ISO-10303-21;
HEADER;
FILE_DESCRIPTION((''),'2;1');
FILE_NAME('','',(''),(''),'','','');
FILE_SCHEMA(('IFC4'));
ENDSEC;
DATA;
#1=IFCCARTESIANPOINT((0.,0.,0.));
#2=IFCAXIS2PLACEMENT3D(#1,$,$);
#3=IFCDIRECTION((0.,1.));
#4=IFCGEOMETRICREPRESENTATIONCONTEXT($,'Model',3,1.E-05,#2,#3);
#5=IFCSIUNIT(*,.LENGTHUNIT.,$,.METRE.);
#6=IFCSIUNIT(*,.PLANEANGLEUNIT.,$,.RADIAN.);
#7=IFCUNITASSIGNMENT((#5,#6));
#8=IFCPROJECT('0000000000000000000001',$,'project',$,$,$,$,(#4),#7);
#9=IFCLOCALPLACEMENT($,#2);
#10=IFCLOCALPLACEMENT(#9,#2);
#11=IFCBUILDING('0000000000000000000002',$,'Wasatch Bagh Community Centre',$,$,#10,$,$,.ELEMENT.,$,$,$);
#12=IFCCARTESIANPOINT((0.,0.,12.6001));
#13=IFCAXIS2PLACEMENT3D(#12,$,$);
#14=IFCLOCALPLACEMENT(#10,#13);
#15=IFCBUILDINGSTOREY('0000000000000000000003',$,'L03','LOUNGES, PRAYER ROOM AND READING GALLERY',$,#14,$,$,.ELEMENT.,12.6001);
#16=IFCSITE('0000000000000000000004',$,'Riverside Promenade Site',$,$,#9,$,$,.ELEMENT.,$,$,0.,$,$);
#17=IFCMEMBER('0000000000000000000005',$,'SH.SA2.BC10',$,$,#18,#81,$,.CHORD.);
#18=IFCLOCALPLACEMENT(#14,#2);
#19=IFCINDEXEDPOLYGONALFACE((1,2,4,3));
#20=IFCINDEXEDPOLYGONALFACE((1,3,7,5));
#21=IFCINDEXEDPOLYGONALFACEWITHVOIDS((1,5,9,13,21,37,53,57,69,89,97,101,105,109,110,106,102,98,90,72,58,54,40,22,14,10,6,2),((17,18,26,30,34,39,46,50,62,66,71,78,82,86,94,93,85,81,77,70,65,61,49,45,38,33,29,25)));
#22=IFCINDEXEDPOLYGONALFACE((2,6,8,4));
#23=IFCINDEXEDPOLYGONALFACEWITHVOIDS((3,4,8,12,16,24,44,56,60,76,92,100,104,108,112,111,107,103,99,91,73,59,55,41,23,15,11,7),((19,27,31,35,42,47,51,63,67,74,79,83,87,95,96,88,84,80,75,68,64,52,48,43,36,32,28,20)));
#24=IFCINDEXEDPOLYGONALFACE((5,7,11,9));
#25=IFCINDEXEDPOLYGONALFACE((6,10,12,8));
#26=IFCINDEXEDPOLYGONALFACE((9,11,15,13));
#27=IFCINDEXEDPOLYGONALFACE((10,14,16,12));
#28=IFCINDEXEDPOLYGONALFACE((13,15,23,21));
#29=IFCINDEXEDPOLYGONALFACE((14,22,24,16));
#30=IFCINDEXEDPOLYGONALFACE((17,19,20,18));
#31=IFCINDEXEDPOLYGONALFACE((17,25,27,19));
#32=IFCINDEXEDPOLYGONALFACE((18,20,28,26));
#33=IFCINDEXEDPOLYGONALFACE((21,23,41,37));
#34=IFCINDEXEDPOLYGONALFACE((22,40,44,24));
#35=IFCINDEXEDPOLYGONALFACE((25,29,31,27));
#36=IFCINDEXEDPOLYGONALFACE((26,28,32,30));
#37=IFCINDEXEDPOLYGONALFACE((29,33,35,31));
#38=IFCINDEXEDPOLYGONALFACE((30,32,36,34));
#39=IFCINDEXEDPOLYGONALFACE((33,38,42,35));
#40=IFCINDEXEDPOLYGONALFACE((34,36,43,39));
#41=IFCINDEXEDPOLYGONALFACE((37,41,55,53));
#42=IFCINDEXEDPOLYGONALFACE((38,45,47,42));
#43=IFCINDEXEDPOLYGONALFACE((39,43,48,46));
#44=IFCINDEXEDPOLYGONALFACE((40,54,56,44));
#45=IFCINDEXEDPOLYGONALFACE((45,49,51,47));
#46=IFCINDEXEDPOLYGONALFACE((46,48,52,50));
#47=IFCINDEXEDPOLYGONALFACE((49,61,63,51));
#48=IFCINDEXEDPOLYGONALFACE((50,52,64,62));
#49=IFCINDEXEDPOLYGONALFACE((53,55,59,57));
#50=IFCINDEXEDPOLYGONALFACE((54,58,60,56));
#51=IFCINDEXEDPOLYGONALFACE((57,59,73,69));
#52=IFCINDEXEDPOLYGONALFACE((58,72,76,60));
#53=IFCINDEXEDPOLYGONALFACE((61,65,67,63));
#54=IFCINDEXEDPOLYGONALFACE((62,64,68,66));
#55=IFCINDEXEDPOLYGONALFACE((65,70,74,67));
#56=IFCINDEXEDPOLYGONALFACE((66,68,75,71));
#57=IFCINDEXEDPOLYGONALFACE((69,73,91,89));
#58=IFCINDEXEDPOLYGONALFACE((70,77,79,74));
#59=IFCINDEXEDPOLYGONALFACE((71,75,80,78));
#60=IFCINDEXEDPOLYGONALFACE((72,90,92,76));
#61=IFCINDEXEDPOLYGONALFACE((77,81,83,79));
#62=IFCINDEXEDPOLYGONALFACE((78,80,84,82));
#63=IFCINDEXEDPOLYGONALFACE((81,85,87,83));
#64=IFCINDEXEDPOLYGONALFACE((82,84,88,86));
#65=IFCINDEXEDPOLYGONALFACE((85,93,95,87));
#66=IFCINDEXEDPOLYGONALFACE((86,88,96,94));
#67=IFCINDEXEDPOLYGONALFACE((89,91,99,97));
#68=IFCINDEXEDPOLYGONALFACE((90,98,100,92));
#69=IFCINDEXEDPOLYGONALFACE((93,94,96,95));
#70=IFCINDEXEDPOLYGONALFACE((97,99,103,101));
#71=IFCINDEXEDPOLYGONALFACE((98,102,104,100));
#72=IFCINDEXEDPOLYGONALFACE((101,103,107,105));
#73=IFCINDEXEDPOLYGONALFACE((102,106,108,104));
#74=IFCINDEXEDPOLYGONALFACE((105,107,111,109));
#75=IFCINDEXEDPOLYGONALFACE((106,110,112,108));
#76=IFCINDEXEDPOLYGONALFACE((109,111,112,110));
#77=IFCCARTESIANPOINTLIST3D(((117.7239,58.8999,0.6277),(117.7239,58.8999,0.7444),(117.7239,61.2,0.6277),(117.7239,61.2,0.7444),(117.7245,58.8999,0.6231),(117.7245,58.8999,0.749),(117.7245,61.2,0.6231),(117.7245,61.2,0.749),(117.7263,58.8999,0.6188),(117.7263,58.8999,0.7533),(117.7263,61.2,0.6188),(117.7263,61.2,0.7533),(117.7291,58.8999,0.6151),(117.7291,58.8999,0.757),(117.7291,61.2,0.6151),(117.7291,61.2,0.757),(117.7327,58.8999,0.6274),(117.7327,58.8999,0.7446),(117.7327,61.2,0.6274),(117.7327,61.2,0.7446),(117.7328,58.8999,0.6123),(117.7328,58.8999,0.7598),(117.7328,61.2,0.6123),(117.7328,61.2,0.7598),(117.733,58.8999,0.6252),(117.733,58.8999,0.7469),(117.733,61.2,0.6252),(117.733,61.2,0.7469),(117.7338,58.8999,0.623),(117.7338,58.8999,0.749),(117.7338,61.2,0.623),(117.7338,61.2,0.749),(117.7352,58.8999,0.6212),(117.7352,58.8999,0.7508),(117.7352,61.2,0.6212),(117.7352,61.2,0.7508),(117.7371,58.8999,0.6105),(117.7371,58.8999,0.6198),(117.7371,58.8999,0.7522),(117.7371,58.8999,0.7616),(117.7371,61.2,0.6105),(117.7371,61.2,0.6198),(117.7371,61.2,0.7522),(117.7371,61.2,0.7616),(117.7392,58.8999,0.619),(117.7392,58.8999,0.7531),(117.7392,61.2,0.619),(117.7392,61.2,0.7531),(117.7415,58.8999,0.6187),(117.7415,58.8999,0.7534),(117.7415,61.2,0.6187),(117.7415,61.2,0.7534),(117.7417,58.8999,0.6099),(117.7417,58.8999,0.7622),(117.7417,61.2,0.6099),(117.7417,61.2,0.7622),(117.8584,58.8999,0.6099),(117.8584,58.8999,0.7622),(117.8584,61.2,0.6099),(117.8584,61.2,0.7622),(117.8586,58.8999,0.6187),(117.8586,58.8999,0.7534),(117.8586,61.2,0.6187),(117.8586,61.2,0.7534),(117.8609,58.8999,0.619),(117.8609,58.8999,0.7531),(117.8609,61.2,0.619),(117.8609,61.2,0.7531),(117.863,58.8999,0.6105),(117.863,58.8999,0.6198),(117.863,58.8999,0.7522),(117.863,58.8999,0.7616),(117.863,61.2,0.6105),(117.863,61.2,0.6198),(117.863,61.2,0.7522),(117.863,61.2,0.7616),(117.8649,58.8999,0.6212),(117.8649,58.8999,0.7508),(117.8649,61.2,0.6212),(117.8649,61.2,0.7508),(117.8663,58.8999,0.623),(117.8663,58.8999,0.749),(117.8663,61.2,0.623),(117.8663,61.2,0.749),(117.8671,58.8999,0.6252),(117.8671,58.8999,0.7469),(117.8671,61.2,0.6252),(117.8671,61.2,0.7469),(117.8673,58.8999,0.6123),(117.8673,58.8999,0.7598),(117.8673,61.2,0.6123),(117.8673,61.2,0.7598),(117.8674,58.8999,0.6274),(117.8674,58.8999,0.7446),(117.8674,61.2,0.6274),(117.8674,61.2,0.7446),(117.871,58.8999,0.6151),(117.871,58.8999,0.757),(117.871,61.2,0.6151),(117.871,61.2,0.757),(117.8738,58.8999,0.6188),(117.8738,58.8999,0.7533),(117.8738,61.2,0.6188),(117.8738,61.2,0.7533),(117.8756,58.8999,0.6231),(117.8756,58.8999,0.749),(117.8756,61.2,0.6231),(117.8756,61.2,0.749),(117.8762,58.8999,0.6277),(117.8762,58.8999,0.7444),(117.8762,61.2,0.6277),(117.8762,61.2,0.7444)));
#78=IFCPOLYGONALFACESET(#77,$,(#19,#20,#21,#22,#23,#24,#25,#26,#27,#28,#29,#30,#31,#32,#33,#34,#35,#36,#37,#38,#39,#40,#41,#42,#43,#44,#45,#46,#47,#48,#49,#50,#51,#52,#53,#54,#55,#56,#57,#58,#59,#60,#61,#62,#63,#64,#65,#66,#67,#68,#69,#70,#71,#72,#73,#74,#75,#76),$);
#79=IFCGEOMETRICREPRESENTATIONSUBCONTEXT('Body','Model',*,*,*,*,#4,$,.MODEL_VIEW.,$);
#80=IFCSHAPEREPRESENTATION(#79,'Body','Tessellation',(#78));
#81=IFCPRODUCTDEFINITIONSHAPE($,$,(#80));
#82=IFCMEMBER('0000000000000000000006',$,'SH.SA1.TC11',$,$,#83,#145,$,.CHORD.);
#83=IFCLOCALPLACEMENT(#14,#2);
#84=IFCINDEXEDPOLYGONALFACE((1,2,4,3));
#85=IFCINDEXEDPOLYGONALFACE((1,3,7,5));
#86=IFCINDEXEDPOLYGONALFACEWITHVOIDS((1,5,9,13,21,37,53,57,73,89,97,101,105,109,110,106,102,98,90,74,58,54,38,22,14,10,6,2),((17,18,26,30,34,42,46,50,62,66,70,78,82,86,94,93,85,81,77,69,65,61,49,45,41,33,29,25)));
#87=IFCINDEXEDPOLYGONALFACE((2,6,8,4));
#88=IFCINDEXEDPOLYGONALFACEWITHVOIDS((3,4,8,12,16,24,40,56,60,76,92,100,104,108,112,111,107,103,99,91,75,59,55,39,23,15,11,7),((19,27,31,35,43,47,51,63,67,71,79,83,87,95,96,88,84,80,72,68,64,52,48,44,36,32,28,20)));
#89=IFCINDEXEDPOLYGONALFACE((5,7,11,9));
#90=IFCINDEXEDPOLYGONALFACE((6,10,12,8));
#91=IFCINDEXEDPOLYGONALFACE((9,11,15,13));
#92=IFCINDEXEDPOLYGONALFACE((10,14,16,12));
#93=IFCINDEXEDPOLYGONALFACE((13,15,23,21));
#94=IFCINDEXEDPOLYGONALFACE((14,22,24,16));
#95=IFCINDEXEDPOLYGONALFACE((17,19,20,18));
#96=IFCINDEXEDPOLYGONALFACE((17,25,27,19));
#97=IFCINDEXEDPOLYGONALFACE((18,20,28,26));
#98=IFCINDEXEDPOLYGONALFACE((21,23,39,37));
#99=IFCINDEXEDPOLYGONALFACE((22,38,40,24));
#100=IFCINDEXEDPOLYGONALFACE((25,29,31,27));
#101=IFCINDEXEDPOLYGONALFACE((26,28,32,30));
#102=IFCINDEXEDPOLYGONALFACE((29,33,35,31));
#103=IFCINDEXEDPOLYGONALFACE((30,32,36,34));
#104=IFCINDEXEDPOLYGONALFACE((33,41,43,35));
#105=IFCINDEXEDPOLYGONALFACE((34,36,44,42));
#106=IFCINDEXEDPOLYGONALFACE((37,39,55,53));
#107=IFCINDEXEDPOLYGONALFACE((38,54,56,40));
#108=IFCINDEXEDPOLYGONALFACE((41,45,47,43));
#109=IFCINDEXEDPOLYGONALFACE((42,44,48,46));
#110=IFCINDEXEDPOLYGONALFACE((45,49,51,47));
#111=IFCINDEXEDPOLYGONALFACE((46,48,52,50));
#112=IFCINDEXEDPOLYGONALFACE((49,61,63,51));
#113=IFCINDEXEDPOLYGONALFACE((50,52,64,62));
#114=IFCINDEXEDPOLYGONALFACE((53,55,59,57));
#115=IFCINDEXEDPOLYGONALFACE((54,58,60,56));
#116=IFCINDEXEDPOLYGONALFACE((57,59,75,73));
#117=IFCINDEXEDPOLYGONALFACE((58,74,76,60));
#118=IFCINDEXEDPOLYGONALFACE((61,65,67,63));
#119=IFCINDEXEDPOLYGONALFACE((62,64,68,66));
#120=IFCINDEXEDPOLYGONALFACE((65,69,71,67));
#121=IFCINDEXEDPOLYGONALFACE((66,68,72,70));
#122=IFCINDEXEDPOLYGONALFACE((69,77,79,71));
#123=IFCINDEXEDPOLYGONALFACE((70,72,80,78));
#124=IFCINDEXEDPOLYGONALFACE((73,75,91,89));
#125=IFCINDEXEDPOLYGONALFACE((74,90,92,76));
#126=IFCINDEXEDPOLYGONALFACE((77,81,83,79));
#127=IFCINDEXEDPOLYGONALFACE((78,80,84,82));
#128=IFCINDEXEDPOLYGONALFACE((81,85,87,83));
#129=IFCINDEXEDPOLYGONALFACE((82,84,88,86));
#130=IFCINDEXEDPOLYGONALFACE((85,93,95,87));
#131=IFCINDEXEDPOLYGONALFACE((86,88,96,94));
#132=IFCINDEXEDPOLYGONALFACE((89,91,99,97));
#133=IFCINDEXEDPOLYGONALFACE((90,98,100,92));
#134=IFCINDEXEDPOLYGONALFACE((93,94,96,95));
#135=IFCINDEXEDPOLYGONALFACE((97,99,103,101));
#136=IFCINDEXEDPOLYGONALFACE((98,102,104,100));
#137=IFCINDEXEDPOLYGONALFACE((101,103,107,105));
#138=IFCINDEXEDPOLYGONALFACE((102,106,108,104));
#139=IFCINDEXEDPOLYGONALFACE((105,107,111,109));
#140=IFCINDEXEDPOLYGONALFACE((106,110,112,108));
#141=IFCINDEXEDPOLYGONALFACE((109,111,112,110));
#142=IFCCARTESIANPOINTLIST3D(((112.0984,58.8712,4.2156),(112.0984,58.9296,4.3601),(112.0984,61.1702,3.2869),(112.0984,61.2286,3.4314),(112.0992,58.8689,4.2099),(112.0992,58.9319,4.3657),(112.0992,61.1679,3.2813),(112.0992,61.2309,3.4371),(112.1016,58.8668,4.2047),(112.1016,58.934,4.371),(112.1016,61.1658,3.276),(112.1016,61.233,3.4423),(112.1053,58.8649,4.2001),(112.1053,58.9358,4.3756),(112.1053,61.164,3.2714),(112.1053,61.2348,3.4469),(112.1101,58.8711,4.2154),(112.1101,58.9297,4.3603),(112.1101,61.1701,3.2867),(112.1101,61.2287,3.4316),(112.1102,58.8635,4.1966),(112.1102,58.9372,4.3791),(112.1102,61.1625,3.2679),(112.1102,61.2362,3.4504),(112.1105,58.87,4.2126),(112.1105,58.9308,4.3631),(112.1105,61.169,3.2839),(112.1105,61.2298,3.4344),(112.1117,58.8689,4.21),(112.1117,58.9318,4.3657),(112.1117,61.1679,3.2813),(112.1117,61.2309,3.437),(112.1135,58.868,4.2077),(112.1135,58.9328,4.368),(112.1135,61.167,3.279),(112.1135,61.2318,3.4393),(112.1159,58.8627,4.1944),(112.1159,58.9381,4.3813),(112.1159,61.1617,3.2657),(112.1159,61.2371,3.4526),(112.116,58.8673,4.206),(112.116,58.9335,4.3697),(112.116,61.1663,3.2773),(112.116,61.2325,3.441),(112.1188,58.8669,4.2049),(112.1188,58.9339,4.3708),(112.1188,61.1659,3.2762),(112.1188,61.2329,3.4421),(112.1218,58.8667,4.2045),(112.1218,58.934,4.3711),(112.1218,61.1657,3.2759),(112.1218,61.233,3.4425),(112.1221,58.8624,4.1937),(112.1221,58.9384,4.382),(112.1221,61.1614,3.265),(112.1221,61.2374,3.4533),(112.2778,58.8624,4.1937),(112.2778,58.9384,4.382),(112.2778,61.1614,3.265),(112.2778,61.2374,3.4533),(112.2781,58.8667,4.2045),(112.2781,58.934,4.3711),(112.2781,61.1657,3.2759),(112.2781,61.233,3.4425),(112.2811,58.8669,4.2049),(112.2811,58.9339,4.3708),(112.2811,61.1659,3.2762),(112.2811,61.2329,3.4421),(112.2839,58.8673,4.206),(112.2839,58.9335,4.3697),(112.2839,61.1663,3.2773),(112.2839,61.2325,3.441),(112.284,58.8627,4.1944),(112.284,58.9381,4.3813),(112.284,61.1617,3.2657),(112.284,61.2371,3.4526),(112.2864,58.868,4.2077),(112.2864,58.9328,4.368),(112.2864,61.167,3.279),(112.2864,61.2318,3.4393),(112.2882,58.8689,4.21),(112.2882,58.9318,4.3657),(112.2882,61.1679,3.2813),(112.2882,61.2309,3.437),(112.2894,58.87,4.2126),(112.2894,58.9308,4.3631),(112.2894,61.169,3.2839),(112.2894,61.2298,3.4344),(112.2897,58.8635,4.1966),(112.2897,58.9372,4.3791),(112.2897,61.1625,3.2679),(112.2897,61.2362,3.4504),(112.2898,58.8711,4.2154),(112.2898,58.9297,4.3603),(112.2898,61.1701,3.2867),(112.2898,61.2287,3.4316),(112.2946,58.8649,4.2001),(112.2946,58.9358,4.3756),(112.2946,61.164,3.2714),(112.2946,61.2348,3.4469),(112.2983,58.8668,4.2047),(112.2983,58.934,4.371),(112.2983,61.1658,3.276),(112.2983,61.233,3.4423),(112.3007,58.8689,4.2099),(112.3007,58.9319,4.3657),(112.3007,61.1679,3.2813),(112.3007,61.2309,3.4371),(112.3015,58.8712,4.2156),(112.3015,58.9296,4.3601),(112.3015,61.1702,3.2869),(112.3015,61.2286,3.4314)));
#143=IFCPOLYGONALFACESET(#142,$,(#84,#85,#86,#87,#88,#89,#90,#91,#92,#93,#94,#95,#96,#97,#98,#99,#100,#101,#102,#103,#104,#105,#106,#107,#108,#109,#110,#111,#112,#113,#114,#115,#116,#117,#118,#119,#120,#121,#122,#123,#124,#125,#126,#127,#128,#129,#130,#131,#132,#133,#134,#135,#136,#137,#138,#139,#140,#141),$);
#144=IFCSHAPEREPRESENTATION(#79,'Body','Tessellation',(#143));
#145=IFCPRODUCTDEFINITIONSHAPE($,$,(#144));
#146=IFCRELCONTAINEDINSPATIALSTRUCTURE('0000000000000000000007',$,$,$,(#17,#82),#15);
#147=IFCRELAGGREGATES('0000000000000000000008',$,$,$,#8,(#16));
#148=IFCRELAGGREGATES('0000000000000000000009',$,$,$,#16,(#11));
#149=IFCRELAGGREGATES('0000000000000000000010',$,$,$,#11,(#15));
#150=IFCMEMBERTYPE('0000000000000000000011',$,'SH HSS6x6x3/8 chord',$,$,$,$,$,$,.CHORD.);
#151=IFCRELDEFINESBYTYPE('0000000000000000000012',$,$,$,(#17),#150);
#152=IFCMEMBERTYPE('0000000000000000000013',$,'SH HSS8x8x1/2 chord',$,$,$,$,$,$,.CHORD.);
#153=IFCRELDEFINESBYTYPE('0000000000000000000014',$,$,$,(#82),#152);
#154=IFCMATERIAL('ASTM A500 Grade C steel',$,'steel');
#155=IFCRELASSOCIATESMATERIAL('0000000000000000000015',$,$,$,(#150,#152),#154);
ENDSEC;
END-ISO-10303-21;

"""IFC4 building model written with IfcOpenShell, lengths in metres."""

from ifc_helpers import new_model, si_unit, direction, frame, origin, origin_2d, place, context, subcontext, project, spatial, hollow_rectangle, extrude, material, material_profile, profile_set, type_object, element, save


model = new_model("IFC4")

# Units and contexts
model_context = context("Model", 3, precision=1e-05, world=origin(), true_north=direction((0.0, 1.0)))
body_context = subcontext(model_context, "Body", "Model", "MODEL_VIEW")
ifc_project = project(units=[si_unit("LENGTHUNIT", "METRE"), si_unit("PLANEANGLEUNIT", "RADIAN")], contexts=[model_context])

# Site, building, storey
site_placement = place(None, origin())
site = spatial("IfcSite", under=ifc_project, at=site_placement, Name="Riverside Promenade Site", CompositionType="ELEMENT", RefElevation=0.0)
building_placement = place(site_placement, origin())
building = spatial("IfcBuilding", under=site, at=building_placement, Name="Wasatch Bagh Community Centre", CompositionType="ELEMENT")
storey_placement = place(building_placement, frame((0.0, 0.0, 12.6001)))
storey = spatial("IfcBuildingStorey", under=building, at=storey_placement, Name="L03", Description="LOUNGES, PRAYER ROOM AND READING GALLERY", CompositionType="ELEMENT", Elevation=12.6001)

# Members
ifc_material_1 = material(Name="ASTM A500 Grade C steel", Category="steel")
ifc_material_profile_1 = material_profile(ifc_material_1, hollow_rectangle(XDim=0.1523, YDim=0.1523, WallThickness=0.0088, InnerFilletRadius=0.0088, OuterFilletRadius=0.0178, at=origin_2d()), Name="HSS6x6x3/8")
ifc_profile_set_1 = profile_set([ifc_material_profile_1], Name="ASTM A500 Grade C steel")
member_type_1 = type_object("IfcMemberType", Name="SH HSS6x6x3/8 chord", PredefinedType="CHORD", material=ifc_profile_set_1)
member_1_placement = place(storey_placement, frame((117.8, 58.8999, 0.686), z_axis=(0.0, 1.0, 0.0), x_axis=(-1.0, 0.0, 0.0)))
element("IfcMember", 1, at=member_1_placement, inside=storey, type_object=member_type_1, Name="SH.SA2.BC10", PredefinedType="CHORD", context=body_context, shape_type="SweptSolid", body=[
    extrude(hollow_rectangle(XDim=0.1523, YDim=0.1523, WallThickness=0.0088, InnerFilletRadius=0.0088, OuterFilletRadius=0.0178, at=origin_2d()), origin(), (0.0, 0.0, 1.0), 2.3),
])
ifc_material_profile_2 = material_profile(ifc_material_1, hollow_rectangle(XDim=0.2031, YDim=0.2031, WallThickness=0.0117, InnerFilletRadius=0.0117, OuterFilletRadius=0.0237, at=origin_2d()), Name="HSS8x8x1/2")
ifc_profile_set_2 = profile_set([ifc_material_profile_2], Name="ASTM A500 Grade C steel")
member_type_2 = type_object("IfcMemberType", Name="SH HSS8x8x1/2 chord", PredefinedType="CHORD", material=ifc_profile_set_2)
for number, where, z_axis, x_axis, name in (
    (2, (112.2, 58.9004, 4.2878), (0.0, 0.927208, -0.374546), (-1.0, 0.0, 0.0), "SH.SA1.TC11"),
):
    element("IfcMember", number, at=place(storey_placement, frame(where, z_axis=z_axis, x_axis=x_axis)), inside=storey, type_object=member_type_2, Name=name, PredefinedType="CHORD", context=body_context, shape_type="SweptSolid", body=[
        extrude(hollow_rectangle(XDim=0.2031, YDim=0.2031, WallThickness=0.0117, InnerFilletRadius=0.0117, OuterFilletRadius=0.0237, at=origin_2d()), origin(), (0.0, 0.0, 1.0), 2.4795),
    ])

save(model, "model.ifc")
